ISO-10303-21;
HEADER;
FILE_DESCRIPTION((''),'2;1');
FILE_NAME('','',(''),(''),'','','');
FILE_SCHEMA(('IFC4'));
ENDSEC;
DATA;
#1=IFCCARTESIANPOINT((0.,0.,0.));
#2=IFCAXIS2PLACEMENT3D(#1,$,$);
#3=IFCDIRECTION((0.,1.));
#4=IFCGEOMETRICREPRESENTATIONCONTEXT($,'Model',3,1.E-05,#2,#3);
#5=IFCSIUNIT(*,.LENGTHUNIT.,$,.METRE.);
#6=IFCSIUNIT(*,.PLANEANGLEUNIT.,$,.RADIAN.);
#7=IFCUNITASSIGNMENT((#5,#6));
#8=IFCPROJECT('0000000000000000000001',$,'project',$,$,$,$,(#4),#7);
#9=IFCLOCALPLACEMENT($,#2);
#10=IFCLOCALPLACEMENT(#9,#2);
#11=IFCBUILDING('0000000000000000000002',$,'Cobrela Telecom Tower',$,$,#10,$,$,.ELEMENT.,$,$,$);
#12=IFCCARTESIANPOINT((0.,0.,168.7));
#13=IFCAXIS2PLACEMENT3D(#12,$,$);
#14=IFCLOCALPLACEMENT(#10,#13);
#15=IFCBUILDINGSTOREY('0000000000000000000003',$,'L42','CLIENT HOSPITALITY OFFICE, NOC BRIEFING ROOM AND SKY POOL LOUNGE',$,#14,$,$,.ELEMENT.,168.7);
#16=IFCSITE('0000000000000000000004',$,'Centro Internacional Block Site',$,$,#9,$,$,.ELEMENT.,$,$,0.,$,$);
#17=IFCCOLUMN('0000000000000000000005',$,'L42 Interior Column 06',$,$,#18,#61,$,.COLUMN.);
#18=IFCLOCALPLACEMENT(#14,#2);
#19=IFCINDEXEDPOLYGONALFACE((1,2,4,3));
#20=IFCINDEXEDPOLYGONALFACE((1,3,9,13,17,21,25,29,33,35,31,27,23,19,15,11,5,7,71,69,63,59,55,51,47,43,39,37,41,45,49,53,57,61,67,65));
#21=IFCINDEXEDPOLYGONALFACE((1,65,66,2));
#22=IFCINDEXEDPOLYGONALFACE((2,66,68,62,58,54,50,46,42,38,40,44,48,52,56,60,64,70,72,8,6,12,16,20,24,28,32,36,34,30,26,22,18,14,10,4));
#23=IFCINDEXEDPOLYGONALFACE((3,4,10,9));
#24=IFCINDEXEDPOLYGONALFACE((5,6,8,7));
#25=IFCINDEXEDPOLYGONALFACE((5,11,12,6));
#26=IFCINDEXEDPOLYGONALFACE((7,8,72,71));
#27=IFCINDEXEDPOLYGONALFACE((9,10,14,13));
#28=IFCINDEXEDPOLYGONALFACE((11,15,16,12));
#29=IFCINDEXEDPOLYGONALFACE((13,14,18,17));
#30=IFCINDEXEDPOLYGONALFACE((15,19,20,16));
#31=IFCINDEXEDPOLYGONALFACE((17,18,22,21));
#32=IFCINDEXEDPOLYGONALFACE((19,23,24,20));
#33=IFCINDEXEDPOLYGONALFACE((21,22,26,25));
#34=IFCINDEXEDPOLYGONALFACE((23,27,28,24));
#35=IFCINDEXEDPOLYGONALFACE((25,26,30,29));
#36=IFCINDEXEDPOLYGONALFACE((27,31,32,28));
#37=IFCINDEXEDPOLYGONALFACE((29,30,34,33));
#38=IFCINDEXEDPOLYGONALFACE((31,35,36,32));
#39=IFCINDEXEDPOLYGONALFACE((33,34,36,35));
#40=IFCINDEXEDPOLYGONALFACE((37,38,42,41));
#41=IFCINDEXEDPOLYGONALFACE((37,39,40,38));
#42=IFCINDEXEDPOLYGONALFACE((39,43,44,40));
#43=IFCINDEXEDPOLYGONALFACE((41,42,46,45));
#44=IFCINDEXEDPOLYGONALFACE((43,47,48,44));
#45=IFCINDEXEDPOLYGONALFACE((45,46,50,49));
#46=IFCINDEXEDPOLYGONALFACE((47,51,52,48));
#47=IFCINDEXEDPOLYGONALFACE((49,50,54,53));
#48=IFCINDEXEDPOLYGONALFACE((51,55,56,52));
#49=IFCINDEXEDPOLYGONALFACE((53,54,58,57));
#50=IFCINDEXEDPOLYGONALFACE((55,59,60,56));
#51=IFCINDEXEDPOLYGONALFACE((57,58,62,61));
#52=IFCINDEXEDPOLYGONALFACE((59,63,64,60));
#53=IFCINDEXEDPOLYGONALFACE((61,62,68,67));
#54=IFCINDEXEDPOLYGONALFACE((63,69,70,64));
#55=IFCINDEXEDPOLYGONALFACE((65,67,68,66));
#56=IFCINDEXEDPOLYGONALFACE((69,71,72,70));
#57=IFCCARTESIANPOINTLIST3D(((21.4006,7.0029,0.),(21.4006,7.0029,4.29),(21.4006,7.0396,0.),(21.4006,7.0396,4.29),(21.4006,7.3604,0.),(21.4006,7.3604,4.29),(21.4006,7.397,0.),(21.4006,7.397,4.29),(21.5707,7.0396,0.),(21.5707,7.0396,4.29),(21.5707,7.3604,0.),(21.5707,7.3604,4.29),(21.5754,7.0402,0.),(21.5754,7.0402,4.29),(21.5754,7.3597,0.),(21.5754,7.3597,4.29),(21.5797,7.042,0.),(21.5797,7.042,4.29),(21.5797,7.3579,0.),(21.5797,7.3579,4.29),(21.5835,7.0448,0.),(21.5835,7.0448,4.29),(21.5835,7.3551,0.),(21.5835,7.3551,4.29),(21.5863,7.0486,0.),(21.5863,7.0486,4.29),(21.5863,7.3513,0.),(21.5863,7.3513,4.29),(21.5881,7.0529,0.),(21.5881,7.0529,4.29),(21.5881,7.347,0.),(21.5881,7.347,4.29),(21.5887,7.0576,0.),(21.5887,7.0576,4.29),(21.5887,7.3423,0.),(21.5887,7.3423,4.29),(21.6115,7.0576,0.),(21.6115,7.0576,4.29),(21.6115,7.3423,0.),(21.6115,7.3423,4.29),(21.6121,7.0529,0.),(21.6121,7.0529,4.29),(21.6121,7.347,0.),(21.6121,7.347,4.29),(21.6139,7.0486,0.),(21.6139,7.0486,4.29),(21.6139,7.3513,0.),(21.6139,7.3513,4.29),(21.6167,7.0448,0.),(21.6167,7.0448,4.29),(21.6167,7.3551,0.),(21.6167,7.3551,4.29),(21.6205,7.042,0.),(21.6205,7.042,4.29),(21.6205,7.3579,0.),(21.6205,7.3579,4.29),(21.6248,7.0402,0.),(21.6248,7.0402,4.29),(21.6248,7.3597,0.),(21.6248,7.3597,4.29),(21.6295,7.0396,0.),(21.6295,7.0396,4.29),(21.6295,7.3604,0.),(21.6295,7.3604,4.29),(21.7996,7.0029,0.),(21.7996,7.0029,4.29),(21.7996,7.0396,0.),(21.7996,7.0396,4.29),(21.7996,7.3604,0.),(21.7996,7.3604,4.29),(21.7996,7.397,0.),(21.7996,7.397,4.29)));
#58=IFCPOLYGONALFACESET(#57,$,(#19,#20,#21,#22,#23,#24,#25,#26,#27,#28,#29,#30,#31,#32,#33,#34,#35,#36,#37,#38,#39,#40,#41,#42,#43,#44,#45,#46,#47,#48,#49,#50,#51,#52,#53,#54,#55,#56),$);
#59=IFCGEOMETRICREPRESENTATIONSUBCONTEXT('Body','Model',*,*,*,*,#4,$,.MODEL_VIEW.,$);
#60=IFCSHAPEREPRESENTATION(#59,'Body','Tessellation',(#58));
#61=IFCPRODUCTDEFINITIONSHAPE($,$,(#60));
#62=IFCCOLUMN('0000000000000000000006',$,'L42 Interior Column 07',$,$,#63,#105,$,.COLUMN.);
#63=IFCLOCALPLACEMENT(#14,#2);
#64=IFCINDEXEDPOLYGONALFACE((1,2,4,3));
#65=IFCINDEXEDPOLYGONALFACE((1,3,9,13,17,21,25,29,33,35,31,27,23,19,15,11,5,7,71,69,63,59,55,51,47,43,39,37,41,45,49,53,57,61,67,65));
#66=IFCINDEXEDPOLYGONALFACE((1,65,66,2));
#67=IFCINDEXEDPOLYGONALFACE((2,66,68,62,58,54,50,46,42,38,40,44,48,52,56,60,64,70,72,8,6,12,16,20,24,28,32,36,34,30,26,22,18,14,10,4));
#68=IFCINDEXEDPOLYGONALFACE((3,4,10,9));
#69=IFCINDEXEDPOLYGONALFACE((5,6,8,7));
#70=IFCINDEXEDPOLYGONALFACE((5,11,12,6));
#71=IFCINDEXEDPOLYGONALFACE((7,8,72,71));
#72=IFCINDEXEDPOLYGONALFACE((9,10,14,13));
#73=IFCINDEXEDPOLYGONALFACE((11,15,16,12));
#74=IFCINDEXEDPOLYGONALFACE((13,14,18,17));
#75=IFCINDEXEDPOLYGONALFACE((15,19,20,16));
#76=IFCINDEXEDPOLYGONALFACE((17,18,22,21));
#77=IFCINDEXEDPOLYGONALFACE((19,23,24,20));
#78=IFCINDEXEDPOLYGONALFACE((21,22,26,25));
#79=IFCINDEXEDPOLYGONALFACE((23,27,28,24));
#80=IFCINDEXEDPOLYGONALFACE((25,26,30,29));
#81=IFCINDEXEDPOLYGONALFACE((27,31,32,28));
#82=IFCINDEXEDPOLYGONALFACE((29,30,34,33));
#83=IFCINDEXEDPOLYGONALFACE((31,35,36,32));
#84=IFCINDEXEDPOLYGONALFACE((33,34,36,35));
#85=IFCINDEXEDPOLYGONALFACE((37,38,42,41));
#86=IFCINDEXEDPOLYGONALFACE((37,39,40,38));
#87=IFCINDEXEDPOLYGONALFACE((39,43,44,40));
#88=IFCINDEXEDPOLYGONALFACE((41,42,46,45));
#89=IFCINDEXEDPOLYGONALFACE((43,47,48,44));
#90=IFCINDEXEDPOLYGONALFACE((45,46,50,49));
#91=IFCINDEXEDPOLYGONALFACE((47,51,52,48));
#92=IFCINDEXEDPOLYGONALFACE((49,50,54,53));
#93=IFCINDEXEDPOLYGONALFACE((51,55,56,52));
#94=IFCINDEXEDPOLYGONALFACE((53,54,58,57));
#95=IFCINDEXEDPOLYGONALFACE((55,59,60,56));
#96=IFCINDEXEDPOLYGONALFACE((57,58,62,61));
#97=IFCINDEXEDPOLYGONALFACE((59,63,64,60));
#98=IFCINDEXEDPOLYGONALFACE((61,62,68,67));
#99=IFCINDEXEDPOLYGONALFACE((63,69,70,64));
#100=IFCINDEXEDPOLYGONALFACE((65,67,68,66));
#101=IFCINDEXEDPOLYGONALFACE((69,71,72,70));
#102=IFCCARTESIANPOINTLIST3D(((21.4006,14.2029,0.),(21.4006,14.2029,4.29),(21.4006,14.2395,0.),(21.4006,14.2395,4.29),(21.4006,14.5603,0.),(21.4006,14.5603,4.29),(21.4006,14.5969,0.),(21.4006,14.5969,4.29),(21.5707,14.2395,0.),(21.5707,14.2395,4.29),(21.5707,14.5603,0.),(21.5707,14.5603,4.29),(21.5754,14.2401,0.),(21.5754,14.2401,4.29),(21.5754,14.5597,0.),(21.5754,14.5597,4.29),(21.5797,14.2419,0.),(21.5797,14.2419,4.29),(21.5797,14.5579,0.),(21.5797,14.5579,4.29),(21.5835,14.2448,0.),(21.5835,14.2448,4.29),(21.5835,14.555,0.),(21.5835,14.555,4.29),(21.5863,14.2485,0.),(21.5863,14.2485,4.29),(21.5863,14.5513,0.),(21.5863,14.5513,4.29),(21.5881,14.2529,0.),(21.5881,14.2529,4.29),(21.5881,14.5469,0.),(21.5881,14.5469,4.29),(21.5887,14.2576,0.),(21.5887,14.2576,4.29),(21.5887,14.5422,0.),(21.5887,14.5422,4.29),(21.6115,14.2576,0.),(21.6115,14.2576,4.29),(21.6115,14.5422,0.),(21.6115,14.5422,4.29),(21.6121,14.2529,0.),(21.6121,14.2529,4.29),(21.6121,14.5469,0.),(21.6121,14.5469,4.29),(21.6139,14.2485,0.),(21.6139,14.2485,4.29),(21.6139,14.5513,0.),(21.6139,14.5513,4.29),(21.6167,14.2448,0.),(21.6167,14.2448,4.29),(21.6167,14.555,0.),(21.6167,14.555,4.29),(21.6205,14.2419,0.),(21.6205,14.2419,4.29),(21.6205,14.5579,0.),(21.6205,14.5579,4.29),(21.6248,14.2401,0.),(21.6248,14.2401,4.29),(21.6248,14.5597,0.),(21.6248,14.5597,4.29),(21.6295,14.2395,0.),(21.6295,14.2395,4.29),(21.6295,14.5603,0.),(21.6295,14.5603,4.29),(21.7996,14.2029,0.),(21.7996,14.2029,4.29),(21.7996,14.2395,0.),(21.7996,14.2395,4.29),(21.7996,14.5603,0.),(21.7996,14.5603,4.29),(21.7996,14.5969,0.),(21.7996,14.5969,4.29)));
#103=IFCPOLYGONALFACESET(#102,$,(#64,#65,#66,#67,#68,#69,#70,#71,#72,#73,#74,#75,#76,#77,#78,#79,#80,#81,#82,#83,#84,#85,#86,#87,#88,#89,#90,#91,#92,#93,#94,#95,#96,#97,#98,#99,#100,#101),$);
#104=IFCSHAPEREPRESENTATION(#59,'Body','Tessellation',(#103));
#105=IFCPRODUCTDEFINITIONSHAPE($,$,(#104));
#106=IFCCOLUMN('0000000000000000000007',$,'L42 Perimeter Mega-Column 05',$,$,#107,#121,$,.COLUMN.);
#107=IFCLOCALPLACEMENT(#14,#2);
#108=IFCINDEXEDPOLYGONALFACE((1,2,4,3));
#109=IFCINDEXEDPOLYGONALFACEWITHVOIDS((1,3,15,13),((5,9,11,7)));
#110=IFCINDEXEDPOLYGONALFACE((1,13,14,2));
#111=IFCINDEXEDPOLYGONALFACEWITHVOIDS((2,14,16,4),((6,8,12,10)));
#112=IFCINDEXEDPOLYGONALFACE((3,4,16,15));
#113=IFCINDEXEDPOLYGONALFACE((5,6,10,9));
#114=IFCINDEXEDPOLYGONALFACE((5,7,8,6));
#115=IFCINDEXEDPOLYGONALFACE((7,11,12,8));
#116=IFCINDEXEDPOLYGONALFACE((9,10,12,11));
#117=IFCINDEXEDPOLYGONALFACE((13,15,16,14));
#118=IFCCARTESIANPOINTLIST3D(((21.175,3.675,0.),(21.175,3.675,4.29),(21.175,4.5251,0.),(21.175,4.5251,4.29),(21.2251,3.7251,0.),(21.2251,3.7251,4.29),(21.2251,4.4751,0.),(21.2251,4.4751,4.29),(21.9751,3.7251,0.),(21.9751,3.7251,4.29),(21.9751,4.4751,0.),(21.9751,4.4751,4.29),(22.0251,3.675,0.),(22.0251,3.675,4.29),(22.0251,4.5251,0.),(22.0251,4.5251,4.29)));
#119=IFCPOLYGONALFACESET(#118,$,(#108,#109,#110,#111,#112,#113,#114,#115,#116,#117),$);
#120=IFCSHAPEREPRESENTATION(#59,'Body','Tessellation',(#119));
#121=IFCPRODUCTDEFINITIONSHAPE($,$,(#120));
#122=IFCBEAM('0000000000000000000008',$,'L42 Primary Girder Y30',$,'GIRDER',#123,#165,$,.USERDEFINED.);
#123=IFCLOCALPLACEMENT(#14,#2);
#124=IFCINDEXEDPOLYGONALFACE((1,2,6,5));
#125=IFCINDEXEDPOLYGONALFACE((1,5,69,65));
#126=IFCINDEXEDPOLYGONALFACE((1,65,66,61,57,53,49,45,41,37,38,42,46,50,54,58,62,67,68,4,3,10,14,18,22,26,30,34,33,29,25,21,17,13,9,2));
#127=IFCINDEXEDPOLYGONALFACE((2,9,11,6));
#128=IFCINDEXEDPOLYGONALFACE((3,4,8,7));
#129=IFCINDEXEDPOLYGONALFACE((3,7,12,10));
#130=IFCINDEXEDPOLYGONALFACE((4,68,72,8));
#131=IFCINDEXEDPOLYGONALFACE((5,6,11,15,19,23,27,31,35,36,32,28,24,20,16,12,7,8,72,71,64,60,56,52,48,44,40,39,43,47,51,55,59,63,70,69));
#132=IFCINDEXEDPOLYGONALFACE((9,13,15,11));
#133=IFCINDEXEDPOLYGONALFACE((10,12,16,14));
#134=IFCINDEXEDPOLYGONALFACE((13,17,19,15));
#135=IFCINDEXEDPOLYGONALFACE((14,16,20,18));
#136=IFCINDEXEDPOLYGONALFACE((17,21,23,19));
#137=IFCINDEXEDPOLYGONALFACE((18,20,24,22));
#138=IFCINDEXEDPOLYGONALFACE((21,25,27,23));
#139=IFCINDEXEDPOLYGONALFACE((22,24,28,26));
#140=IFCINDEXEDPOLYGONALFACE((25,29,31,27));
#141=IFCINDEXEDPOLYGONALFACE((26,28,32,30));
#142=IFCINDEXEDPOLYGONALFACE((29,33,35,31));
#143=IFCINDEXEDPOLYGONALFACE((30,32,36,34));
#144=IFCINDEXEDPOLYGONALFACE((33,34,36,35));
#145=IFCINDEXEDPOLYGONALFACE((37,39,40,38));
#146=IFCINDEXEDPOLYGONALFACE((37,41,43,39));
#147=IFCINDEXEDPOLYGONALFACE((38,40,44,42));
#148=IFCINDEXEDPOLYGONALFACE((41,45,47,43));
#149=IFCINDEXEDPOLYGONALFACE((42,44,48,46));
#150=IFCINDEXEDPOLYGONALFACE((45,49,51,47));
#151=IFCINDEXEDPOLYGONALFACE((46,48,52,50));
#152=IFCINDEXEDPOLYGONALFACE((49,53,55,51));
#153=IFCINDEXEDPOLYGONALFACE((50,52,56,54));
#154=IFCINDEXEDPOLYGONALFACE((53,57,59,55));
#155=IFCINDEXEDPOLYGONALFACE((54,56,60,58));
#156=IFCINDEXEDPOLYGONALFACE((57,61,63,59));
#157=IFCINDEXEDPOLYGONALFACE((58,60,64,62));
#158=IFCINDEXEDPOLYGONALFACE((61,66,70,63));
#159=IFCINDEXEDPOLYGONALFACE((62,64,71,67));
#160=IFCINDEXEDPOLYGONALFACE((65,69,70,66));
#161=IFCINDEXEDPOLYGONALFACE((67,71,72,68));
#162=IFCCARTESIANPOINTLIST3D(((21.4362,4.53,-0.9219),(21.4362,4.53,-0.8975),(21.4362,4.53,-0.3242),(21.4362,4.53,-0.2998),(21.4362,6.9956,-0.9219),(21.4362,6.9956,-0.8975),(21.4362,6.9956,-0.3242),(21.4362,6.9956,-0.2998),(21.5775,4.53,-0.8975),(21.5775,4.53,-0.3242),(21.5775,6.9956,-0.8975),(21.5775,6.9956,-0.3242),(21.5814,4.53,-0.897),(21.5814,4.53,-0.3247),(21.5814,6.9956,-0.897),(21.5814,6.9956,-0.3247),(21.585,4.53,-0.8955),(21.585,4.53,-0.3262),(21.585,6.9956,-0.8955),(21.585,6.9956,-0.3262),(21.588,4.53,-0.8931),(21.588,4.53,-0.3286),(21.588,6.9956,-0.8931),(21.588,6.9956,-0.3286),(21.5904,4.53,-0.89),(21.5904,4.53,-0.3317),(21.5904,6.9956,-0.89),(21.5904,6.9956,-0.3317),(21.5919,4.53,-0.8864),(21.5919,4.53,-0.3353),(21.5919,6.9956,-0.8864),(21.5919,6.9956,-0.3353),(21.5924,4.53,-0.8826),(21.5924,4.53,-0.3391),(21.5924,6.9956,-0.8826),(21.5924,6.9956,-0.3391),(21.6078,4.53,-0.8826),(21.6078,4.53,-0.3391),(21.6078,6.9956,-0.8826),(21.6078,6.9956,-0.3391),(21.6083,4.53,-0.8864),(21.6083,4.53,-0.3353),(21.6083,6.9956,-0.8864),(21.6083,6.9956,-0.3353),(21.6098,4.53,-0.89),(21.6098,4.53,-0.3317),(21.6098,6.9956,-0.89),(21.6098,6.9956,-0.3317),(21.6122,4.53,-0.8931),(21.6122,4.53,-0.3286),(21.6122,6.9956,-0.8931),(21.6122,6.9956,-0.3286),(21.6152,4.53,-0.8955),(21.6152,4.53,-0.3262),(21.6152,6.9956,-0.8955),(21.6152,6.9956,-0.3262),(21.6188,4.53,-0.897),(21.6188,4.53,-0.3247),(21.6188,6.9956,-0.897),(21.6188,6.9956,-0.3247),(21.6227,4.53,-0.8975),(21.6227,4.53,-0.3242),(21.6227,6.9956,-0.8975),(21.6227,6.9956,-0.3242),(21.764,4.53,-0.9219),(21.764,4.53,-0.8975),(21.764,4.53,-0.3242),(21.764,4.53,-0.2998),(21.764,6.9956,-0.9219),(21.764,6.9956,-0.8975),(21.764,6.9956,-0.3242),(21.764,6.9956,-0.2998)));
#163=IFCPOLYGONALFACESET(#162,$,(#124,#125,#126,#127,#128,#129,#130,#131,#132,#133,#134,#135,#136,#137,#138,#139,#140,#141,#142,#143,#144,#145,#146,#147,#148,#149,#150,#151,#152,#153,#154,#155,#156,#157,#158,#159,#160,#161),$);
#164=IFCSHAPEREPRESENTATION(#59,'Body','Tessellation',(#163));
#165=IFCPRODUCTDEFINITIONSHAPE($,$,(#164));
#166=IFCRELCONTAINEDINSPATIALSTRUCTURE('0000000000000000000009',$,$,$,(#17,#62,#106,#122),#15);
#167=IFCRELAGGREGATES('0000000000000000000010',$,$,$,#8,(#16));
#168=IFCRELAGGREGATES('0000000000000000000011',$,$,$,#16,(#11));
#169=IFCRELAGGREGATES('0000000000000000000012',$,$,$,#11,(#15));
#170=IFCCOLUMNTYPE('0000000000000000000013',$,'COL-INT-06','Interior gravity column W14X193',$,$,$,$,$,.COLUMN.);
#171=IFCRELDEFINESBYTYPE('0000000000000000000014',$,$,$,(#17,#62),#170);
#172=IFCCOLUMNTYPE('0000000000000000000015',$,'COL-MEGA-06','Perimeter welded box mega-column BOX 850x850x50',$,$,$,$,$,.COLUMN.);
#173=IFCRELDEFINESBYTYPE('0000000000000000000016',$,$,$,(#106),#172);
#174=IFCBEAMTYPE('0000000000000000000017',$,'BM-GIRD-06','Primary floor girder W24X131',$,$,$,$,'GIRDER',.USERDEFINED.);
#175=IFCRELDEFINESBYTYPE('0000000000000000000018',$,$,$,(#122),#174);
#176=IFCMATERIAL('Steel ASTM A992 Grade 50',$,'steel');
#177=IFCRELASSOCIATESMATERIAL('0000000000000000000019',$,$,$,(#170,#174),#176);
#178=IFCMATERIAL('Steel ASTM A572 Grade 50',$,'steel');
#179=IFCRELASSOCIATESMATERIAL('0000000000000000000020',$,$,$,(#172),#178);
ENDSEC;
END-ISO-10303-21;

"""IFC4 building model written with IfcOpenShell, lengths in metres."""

from ifc_helpers import new_model, si_unit, direction, frame, origin, origin_2d, place, context, subcontext, project, spatial, hollow_rectangle, i_section, extrude, material, material_profile, profile_set, type_object, element, save


model = new_model("IFC4")

# Units and contexts
model_context = context("Model", 3, precision=1e-05, world=origin(), true_north=direction((0.0, 1.0)))
body_context = subcontext(model_context, "Body", "Model", "MODEL_VIEW")
ifc_project = project(units=[si_unit("LENGTHUNIT", "METRE"), si_unit("PLANEANGLEUNIT", "RADIAN")], contexts=[model_context])

# Site, building, storey
site_placement = place(None, origin())
site = spatial("IfcSite", under=ifc_project, at=site_placement, Name="Centro Internacional Block Site", CompositionType="ELEMENT", RefElevation=0.0)
building_placement = place(site_placement, origin())
building = spatial("IfcBuilding", under=site, at=building_placement, Name="Cobrela Telecom Tower", CompositionType="ELEMENT")
storey_placement = place(building_placement, frame((0.0, 0.0, 168.7)))
storey = spatial("IfcBuildingStorey", under=building, at=storey_placement, Name="L42", Description="CLIENT HOSPITALITY OFFICE, NOC BRIEFING ROOM AND SKY POOL LOUNGE", CompositionType="ELEMENT", Elevation=168.7)

# Columns
ifc_material_1 = material(Name="Steel ASTM A992 Grade 50", Category="steel")
ifc_material_profile_1 = material_profile(ifc_material_1, i_section(OverallWidth=0.3989, OverallDepth=0.394, WebThickness=0.0227, FlangeThickness=0.0366, FilletRadius=0.0181, at=origin_2d()), Name="W14X193")
ifc_profile_set_1 = profile_set([ifc_material_profile_1], Name="Steel ASTM A992 Grade 50")
column_type_1 = type_object("IfcColumnType", Name="COL-INT-06", Description="Interior gravity column W14X193", PredefinedType="COLUMN", material=ifc_profile_set_1)
for number, where, z_axis, x_axis, name in (
    (1, (21.6001, 7.2, 0.0), (0.0, 0.0, 1.0), (1.0, 0.0, 0.0), "L42 Interior Column 06"),
    (2, (21.6001, 14.3999, 0.0), (0.0, 0.0, 1.0), (1.0, 0.0, 0.0), "L42 Interior Column 07"),
):
    element("IfcColumn", number, at=place(storey_placement, frame(where, z_axis=z_axis, x_axis=x_axis)), inside=storey, type_object=column_type_1, Name=name, PredefinedType="COLUMN", context=body_context, shape_type="SweptSolid", body=[
        extrude(i_section(OverallWidth=0.3989, OverallDepth=0.394, WebThickness=0.0227, FlangeThickness=0.0366, FilletRadius=0.0181, at=origin_2d()), origin(), (0.0, 0.0, 1.0), 4.29),
    ])
ifc_material_2 = material(Name="Steel ASTM A572 Grade 50", Category="steel")
ifc_material_profile_2 = material_profile(ifc_material_2, hollow_rectangle(XDim=0.8501, YDim=0.8501, WallThickness=0.05, at=origin_2d()), Name="BOX 850x850x50")
ifc_profile_set_2 = profile_set([ifc_material_profile_2], Name="Steel ASTM A572 Grade 50")
column_type_2 = type_object("IfcColumnType", Name="COL-MEGA-06", Description="Perimeter welded box mega-column BOX 850x850x50", PredefinedType="COLUMN", material=ifc_profile_set_2)
column_placement = place(storey_placement, frame((21.6001, 4.1001, 0.0), z_axis=(0.0, 0.0, 1.0), x_axis=(1.0, 0.0, 0.0)))
element("IfcColumn", 3, at=column_placement, inside=storey, type_object=column_type_2, Name="L42 Perimeter Mega-Column 05", PredefinedType="COLUMN", context=body_context, shape_type="SweptSolid", body=[
    extrude(hollow_rectangle(XDim=0.8501, YDim=0.8501, WallThickness=0.05, at=origin_2d()), origin(), (0.0, 0.0, 1.0), 4.29),
])

# Beam
ifc_material_profile_3 = material_profile(ifc_material_1, i_section(OverallWidth=0.3279, OverallDepth=0.6221, WebThickness=0.0154, FlangeThickness=0.0244, FilletRadius=0.0149, at=origin_2d()), Name="W24X131")
ifc_profile_set_3 = profile_set([ifc_material_profile_3], Name="Steel ASTM A992 Grade 50")
beam_type_1 = type_object("IfcBeamType", Name="BM-GIRD-06", Description="Primary floor girder W24X131", ElementType="GIRDER", PredefinedType="USERDEFINED", material=ifc_profile_set_3)
beam_1_placement = place(storey_placement, frame((21.6001, 4.53, -0.6108), z_axis=(0.0, 1.0, 0.0), x_axis=(-1.0, 0.0, 0.0)))
element("IfcBeam", 4, at=beam_1_placement, inside=storey, type_object=beam_type_1, Name="L42 Primary Girder Y30", ObjectType="GIRDER", PredefinedType="USERDEFINED", context=body_context, shape_type="SweptSolid", body=[
    extrude(i_section(OverallWidth=0.3279, OverallDepth=0.6221, WebThickness=0.0154, FlangeThickness=0.0244, FilletRadius=0.0149, at=origin_2d()), origin(), (0.0, 0.0, 1.0), 2.4656),
])

save(model, "model.ifc")
